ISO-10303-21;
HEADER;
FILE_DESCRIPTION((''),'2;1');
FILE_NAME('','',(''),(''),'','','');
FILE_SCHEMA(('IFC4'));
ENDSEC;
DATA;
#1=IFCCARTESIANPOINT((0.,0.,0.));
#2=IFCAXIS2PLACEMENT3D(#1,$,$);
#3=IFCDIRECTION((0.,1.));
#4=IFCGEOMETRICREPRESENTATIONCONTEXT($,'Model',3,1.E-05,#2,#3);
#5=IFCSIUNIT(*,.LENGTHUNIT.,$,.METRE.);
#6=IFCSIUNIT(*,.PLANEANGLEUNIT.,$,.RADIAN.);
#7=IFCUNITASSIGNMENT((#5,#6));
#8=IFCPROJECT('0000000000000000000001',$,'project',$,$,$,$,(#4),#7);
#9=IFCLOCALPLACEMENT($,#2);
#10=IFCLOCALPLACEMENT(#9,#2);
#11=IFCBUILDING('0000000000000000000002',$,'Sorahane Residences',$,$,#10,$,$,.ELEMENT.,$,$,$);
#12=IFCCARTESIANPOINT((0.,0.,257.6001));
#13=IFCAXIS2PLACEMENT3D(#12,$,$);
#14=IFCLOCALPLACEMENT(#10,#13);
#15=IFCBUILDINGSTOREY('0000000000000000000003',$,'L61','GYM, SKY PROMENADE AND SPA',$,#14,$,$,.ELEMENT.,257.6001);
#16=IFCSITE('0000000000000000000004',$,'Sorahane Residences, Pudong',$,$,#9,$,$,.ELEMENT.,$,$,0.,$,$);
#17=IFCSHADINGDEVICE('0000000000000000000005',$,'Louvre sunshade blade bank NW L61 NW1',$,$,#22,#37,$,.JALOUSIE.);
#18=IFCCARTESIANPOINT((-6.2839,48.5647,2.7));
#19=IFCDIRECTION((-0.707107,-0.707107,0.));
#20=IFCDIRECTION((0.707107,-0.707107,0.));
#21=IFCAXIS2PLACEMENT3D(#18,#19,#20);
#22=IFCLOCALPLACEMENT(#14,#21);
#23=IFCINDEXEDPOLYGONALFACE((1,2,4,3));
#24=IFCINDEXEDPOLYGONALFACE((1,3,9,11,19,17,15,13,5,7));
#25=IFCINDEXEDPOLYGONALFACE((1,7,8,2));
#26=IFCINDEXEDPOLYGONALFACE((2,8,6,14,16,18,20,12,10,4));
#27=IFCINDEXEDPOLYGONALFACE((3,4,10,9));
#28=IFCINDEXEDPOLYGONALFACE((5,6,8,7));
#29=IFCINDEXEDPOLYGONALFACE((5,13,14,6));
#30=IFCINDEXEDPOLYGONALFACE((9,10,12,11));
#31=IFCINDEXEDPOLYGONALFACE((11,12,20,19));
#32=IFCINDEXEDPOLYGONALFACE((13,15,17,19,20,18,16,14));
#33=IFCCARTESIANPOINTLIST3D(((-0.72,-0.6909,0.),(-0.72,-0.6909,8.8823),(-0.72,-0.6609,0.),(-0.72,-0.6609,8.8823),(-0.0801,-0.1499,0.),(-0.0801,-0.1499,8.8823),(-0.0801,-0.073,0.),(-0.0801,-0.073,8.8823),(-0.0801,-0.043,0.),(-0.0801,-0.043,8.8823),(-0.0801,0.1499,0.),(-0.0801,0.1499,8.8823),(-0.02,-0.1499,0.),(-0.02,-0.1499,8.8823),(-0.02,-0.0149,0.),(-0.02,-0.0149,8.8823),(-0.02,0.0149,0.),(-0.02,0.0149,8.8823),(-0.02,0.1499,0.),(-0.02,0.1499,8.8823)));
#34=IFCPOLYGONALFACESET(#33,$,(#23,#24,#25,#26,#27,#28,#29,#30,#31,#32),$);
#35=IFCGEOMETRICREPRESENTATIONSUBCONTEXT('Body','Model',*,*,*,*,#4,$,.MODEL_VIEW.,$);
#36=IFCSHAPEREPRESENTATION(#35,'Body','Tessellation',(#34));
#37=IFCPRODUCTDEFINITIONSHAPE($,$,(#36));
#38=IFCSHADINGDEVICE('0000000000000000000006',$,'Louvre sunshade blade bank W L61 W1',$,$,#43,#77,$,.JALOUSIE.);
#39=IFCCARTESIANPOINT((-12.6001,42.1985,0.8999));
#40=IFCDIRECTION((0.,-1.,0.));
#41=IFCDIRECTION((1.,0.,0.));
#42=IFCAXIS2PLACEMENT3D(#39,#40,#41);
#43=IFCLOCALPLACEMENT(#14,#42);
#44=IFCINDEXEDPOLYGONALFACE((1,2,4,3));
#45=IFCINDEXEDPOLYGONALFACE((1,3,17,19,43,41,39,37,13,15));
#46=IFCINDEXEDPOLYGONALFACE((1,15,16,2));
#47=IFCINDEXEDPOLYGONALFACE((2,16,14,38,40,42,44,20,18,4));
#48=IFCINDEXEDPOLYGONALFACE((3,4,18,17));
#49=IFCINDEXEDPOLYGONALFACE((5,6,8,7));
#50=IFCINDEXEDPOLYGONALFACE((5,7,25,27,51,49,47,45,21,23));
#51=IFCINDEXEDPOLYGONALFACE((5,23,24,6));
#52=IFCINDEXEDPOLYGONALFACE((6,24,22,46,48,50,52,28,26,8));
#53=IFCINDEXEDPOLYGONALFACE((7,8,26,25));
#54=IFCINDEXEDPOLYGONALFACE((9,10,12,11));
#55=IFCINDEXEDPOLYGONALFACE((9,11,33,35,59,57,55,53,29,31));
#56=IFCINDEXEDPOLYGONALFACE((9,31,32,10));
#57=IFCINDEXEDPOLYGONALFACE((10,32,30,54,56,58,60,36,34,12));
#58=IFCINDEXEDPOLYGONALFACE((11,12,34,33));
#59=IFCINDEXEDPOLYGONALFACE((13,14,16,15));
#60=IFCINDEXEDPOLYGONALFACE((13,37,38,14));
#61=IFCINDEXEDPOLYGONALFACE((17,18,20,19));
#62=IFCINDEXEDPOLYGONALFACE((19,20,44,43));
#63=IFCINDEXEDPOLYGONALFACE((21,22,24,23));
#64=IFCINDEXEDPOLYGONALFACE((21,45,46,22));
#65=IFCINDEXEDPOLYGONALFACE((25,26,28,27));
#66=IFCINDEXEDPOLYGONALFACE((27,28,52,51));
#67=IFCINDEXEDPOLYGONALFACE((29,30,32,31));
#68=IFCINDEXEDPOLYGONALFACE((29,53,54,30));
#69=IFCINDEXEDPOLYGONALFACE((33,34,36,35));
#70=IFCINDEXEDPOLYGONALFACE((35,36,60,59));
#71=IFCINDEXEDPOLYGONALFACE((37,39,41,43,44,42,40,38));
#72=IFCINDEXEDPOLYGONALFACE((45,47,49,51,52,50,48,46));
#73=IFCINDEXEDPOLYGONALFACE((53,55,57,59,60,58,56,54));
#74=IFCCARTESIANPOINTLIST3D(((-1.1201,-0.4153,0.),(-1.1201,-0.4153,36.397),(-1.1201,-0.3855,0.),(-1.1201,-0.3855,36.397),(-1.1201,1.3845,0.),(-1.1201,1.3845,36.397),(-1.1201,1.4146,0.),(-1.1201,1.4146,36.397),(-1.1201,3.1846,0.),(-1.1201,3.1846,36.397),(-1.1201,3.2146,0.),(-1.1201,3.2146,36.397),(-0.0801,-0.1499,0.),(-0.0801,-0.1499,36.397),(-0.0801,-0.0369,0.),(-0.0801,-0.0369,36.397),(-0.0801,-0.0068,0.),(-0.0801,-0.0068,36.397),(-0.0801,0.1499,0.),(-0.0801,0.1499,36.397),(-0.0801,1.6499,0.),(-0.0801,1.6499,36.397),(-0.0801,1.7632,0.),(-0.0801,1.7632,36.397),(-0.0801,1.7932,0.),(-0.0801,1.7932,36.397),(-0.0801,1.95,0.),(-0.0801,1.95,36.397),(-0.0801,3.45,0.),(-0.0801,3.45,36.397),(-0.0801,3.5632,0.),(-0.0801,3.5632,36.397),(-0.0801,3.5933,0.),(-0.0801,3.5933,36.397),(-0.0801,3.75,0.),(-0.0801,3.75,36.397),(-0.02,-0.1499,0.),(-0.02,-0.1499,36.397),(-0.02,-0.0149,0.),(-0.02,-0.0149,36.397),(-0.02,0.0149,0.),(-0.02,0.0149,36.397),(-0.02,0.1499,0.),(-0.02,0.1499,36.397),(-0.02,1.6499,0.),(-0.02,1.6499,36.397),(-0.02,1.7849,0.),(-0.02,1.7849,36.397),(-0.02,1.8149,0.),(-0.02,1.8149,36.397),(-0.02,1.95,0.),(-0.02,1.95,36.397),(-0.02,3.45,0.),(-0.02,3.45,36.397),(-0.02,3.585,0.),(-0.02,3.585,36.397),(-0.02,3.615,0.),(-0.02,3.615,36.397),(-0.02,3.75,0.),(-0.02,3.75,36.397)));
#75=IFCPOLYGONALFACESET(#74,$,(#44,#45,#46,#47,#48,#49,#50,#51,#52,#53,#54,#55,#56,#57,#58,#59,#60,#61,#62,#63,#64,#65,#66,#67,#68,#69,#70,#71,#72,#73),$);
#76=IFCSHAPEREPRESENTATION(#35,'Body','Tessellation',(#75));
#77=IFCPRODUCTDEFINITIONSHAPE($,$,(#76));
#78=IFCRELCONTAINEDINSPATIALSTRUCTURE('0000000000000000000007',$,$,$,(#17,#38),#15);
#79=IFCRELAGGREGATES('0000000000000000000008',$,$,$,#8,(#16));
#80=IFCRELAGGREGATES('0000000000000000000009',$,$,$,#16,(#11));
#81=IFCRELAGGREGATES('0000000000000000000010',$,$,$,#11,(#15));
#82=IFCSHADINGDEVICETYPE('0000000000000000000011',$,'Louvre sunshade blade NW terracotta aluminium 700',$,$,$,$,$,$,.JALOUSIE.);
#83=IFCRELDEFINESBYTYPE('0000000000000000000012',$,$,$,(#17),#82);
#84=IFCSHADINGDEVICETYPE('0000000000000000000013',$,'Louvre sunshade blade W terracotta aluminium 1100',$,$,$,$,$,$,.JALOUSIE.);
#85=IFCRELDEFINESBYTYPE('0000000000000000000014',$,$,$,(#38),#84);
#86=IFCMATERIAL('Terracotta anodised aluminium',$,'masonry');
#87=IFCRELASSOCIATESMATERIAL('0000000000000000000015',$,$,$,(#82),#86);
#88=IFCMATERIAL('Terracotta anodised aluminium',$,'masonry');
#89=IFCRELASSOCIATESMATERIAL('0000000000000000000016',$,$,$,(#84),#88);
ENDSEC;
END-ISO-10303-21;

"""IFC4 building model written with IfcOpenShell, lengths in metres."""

from ifc_helpers import new_model, si_unit, direction, frame, origin, place, context, subcontext, project, spatial, polyline, outline, composite_profile, extrude, material, type_object, element, save


model = new_model("IFC4")

# Units and contexts
model_context = context("Model", 3, precision=1e-05, world=origin(), true_north=direction((0.0, 1.0)))
body_context = subcontext(model_context, "Body", "Model", "MODEL_VIEW")
ifc_project = project(units=[si_unit("LENGTHUNIT", "METRE"), si_unit("PLANEANGLEUNIT", "RADIAN")], contexts=[model_context])

# Site, building, storey
site_placement = place(None, origin())
site = spatial("IfcSite", under=ifc_project, at=site_placement, Name="Sorahane Residences, Pudong", CompositionType="ELEMENT", RefElevation=0.0)
building_placement = place(site_placement, origin())
building = spatial("IfcBuilding", under=site, at=building_placement, Name="Sorahane Residences", CompositionType="ELEMENT")
storey_placement = place(building_placement, frame((0.0, 0.0, 257.6001)))
storey = spatial("IfcBuildingStorey", under=building, at=storey_placement, Name="L61", Description="GYM, SKY PROMENADE AND SPA", CompositionType="ELEMENT", Elevation=257.6001)

# Shading devices
ifc_material_1 = material(Name="Terracotta anodised aluminium", Category="masonry")
shading_device_type_1 = type_object("IfcShadingDeviceType", Name="Louvre sunshade blade NW terracotta aluminium 700", PredefinedType="JALOUSIE", material=ifc_material_1)
shading_device_1_placement = place(storey_placement, frame((-6.2839, 48.5647, 2.7), z_axis=(-0.707107, -0.707107, 0.0), x_axis=(0.707107, -0.707107, 0.0)))
element("IfcShadingDevice", 1, at=shading_device_1_placement, inside=storey, type_object=shading_device_type_1, Name="Louvre sunshade blade bank NW L61 NW1", PredefinedType="JALOUSIE", context=body_context, shape_type="SweptSolid", body=[
    extrude(outline(polyline([(-0.72, -0.6609), (-0.72, -0.6909), (-0.0801, -0.073), (-0.0801, -0.1499), (-0.02, -0.1499), (-0.02, -0.0149), (-0.02, 0.0149), (-0.02, 0.1499), (-0.0801, 0.1499), (-0.0801, -0.043), (-0.72, -0.6609)])), origin(), (0.0, 0.0, 1.0), 8.8823),
])
ifc_material_2 = material(Name="Terracotta anodised aluminium", Category="masonry")
shading_device_type_2 = type_object("IfcShadingDeviceType", Name="Louvre sunshade blade W terracotta aluminium 1100", PredefinedType="JALOUSIE", material=ifc_material_2)
shading_device_2_placement = place(storey_placement, frame((-12.6001, 42.1985, 0.8999), z_axis=(0.0, -1.0, 0.0), x_axis=(1.0, 0.0, 0.0)))
element("IfcShadingDevice", 2, at=shading_device_2_placement, inside=storey, type_object=shading_device_type_2, Name="Louvre sunshade blade bank W L61 W1", PredefinedType="JALOUSIE", context=body_context, shape_type="SweptSolid", body=[
    extrude(composite_profile([outline(polyline([(-1.1201, -0.3855), (-1.1201, -0.4153), (-0.0801, -0.0369), (-0.0801, -0.1499), (-0.02, -0.1499), (-0.02, -0.0149), (-0.02, 0.0149), (-0.02, 0.1499), (-0.0801, 0.1499), (-0.0801, -0.0068), (-1.1201, -0.3855)])), outline(polyline([(-1.1201, 1.4146), (-1.1201, 1.3845), (-0.0801, 1.7632), (-0.0801, 1.6499), (-0.02, 1.6499), (-0.02, 1.7849), (-0.02, 1.8149), (-0.02, 1.95), (-0.0801, 1.95), (-0.0801, 1.7932), (-1.1201, 1.4146)])), outline(polyline([(-1.1201, 3.2146), (-1.1201, 3.1846), (-0.0801, 3.5632), (-0.0801, 3.45), (-0.02, 3.45), (-0.02, 3.585), (-0.02, 3.615), (-0.02, 3.75), (-0.0801, 3.75), (-0.0801, 3.5933), (-1.1201, 3.2146)]))]), origin(), (0.0, 0.0, 1.0), 36.397),
])

save(model, "model.ifc")
